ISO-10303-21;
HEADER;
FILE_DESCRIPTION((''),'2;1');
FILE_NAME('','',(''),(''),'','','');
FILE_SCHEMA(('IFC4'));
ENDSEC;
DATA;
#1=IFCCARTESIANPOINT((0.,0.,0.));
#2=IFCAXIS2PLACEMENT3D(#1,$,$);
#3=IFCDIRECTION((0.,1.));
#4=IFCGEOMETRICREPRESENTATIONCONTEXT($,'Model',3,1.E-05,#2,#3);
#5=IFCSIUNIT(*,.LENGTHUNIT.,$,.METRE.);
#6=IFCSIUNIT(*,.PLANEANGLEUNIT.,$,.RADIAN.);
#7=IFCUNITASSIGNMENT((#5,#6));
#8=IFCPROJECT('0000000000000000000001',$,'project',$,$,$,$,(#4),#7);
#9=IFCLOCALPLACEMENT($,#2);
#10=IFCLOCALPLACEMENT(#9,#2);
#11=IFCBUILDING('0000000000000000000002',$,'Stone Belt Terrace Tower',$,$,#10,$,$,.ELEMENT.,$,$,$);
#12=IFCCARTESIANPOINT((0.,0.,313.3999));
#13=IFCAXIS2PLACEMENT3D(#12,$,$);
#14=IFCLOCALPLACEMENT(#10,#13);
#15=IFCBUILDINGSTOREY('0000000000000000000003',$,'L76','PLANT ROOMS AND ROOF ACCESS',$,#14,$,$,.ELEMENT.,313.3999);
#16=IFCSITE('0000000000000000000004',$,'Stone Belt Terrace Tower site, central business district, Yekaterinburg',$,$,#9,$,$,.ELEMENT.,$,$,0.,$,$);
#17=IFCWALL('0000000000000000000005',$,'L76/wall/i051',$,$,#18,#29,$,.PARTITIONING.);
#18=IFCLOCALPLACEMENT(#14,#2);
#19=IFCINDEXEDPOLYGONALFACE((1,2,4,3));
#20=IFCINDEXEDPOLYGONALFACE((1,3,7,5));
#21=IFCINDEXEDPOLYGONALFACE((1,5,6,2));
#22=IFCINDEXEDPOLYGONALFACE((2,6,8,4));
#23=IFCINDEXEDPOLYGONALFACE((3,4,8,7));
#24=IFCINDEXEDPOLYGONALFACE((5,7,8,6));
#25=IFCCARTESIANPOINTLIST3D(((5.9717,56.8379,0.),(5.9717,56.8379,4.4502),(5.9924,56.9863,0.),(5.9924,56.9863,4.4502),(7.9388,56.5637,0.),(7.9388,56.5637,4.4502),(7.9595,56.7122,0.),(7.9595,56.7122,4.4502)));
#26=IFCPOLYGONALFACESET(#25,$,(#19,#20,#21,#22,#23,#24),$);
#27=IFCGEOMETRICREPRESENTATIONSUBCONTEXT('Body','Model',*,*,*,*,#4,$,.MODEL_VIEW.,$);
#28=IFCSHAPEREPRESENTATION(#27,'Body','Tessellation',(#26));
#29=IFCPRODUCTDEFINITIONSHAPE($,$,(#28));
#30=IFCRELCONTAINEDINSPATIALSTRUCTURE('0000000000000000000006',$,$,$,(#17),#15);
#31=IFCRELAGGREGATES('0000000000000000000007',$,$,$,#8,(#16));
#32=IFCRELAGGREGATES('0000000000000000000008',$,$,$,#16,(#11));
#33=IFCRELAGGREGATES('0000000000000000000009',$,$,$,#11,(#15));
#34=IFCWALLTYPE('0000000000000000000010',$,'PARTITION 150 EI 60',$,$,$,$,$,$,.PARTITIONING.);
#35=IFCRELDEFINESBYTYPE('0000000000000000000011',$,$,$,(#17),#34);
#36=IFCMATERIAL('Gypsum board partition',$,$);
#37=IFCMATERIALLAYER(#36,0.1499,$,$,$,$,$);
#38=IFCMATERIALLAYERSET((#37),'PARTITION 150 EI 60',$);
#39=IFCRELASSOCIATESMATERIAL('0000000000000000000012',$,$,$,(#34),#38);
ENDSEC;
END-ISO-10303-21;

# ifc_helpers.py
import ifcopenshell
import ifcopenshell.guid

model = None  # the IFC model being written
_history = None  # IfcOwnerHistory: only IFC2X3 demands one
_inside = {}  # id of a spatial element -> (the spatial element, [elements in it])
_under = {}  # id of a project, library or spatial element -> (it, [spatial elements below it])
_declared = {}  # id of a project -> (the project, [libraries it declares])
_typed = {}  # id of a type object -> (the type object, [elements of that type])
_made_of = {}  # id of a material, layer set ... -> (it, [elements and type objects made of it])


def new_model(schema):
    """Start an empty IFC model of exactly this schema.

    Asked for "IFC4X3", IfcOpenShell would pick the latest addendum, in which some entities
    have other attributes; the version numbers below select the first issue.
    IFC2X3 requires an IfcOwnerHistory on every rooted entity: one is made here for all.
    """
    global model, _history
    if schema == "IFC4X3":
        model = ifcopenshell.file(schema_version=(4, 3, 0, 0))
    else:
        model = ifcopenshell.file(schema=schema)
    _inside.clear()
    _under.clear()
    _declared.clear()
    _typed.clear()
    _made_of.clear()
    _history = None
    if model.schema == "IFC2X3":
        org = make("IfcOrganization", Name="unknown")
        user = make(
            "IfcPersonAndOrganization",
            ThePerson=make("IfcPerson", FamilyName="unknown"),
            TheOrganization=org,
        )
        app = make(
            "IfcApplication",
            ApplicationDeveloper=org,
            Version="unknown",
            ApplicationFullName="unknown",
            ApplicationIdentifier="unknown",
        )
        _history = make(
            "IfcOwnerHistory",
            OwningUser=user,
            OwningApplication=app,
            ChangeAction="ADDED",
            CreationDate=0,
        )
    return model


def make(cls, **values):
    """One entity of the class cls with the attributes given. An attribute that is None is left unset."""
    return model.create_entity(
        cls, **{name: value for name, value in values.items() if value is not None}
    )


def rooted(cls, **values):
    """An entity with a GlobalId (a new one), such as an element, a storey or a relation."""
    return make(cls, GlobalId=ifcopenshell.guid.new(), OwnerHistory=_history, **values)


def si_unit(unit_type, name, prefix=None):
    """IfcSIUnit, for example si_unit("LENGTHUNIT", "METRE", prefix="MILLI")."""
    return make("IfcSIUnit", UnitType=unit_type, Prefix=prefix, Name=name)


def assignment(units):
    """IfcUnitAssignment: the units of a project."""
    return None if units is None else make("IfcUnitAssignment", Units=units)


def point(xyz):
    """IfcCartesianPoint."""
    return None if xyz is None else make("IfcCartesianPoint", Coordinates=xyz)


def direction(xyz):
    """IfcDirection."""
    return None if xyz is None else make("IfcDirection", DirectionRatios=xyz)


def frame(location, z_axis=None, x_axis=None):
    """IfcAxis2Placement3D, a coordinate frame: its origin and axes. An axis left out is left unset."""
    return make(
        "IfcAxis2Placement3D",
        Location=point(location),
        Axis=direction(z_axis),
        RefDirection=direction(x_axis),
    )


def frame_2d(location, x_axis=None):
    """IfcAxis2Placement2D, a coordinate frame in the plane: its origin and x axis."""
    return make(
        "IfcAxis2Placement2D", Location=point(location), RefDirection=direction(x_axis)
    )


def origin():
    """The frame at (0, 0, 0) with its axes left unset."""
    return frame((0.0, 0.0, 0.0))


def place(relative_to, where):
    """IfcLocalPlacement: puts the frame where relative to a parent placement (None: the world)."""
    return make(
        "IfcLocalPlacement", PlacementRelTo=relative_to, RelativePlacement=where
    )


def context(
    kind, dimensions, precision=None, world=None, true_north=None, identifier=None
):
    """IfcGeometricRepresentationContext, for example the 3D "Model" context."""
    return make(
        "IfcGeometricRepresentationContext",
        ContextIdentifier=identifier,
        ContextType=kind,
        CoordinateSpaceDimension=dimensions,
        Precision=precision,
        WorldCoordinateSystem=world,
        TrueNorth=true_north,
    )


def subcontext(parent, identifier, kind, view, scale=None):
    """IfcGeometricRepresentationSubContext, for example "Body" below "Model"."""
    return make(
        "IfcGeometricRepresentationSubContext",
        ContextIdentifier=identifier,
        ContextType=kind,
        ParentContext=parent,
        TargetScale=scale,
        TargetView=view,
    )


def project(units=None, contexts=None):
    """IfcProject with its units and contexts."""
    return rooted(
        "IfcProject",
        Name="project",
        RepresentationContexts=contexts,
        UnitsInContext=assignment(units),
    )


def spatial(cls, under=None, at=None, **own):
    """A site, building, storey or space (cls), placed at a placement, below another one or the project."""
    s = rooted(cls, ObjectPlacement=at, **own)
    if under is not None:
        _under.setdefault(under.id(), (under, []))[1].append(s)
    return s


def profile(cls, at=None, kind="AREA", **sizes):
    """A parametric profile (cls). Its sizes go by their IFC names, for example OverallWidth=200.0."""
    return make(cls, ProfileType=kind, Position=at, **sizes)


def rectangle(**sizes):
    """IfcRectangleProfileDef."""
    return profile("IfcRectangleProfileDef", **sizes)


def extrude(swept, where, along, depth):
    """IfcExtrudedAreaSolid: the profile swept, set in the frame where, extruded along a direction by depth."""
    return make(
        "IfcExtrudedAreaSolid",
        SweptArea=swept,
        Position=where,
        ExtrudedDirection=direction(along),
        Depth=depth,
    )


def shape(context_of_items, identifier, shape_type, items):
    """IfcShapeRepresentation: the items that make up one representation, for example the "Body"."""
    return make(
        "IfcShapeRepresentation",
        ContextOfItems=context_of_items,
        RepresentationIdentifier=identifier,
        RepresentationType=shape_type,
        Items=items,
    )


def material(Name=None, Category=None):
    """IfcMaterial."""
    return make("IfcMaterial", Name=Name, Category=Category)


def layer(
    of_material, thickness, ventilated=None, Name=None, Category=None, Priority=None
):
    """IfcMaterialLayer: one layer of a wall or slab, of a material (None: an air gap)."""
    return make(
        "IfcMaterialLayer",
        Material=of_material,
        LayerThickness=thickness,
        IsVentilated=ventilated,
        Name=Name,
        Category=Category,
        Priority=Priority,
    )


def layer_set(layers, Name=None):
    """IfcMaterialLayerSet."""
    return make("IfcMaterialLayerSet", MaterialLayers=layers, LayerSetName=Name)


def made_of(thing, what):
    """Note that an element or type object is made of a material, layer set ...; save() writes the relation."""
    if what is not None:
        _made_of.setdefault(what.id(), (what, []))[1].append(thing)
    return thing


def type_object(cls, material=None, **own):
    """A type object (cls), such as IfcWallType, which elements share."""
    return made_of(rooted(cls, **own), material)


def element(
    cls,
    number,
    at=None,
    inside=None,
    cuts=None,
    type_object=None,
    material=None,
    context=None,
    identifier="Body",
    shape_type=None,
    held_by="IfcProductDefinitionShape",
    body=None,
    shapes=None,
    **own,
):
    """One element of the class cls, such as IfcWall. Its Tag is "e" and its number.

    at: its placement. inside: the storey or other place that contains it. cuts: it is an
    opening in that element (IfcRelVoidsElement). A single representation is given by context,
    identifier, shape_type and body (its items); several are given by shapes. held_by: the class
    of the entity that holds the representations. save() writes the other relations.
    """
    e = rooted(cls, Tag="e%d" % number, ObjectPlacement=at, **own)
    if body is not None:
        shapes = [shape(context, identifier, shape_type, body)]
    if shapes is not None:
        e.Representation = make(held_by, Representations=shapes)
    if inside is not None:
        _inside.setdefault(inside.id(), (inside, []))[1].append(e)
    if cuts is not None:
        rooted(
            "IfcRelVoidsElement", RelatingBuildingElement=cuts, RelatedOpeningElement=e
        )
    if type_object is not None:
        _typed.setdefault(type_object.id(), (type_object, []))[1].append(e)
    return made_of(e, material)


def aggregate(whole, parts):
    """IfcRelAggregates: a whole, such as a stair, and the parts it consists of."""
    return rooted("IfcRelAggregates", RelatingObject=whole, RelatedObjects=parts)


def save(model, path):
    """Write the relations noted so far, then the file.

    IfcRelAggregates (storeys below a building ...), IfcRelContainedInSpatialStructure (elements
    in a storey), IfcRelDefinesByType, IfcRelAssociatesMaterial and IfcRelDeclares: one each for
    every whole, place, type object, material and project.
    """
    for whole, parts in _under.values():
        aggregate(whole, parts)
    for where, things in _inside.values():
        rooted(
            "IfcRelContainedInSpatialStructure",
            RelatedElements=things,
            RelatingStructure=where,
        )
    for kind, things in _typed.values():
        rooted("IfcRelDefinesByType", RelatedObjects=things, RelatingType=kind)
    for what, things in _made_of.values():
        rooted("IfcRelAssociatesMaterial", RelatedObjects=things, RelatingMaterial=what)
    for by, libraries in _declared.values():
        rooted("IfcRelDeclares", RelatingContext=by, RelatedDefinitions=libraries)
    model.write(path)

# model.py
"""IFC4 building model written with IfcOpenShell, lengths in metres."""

from ifc_helpers import new_model, si_unit, direction, frame, frame_2d, origin, place, context, subcontext, project, spatial, rectangle, extrude, material, layer, layer_set, type_object, element, save


model = new_model("IFC4")

# Units and contexts
model_context = context("Model", 3, precision=1e-05, world=origin(), true_north=direction((0.0, 1.0)))
body_context = subcontext(model_context, "Body", "Model", "MODEL_VIEW")
ifc_project = project(units=[si_unit("LENGTHUNIT", "METRE"), si_unit("PLANEANGLEUNIT", "RADIAN")], contexts=[model_context])

# Site, building, storey
site_placement = place(None, origin())
site = spatial("IfcSite", under=ifc_project, at=site_placement, Name="Stone Belt Terrace Tower site, central business district, Yekaterinburg", CompositionType="ELEMENT", RefElevation=0.0)
building_placement = place(site_placement, origin())
building = spatial("IfcBuilding", under=site, at=building_placement, Name="Stone Belt Terrace Tower", CompositionType="ELEMENT")
storey_placement = place(building_placement, frame((0.0, 0.0, 313.3999)))
storey = spatial("IfcBuildingStorey", under=building, at=storey_placement, Name="L76", Description="PLANT ROOMS AND ROOF ACCESS", CompositionType="ELEMENT", Elevation=313.3999)

# Shared definitions
ifc_material_1 = material(Name="Gypsum board partition")
ifc_layer_1 = layer(ifc_material_1, 0.1499)
ifc_layer_set_1 = layer_set([ifc_layer_1], Name="PARTITION 150 EI 60")
wall_type_1 = type_object("IfcWallType", Name="PARTITION 150 EI 60", PredefinedType="PARTITIONING", material=ifc_layer_set_1)

# Wall
wall_1_placement = place(storey_placement, frame((5.9819, 56.9121, 0.0), z_axis=(0.0, 0.0, 1.0), x_axis=(0.990426, -0.138047, 0.0)))
element("IfcWall", 1, at=wall_1_placement, inside=storey, type_object=wall_type_1, Name="L76/wall/i051", PredefinedType="PARTITIONING", context=body_context, shape_type="SweptSolid", body=[
    extrude(rectangle(XDim=1.9861, YDim=0.1499, at=frame_2d((0.9932, 0.0))), origin(), (0.0, 0.0, 1.0), 4.4502),
])

save(model, "model.ifc")
